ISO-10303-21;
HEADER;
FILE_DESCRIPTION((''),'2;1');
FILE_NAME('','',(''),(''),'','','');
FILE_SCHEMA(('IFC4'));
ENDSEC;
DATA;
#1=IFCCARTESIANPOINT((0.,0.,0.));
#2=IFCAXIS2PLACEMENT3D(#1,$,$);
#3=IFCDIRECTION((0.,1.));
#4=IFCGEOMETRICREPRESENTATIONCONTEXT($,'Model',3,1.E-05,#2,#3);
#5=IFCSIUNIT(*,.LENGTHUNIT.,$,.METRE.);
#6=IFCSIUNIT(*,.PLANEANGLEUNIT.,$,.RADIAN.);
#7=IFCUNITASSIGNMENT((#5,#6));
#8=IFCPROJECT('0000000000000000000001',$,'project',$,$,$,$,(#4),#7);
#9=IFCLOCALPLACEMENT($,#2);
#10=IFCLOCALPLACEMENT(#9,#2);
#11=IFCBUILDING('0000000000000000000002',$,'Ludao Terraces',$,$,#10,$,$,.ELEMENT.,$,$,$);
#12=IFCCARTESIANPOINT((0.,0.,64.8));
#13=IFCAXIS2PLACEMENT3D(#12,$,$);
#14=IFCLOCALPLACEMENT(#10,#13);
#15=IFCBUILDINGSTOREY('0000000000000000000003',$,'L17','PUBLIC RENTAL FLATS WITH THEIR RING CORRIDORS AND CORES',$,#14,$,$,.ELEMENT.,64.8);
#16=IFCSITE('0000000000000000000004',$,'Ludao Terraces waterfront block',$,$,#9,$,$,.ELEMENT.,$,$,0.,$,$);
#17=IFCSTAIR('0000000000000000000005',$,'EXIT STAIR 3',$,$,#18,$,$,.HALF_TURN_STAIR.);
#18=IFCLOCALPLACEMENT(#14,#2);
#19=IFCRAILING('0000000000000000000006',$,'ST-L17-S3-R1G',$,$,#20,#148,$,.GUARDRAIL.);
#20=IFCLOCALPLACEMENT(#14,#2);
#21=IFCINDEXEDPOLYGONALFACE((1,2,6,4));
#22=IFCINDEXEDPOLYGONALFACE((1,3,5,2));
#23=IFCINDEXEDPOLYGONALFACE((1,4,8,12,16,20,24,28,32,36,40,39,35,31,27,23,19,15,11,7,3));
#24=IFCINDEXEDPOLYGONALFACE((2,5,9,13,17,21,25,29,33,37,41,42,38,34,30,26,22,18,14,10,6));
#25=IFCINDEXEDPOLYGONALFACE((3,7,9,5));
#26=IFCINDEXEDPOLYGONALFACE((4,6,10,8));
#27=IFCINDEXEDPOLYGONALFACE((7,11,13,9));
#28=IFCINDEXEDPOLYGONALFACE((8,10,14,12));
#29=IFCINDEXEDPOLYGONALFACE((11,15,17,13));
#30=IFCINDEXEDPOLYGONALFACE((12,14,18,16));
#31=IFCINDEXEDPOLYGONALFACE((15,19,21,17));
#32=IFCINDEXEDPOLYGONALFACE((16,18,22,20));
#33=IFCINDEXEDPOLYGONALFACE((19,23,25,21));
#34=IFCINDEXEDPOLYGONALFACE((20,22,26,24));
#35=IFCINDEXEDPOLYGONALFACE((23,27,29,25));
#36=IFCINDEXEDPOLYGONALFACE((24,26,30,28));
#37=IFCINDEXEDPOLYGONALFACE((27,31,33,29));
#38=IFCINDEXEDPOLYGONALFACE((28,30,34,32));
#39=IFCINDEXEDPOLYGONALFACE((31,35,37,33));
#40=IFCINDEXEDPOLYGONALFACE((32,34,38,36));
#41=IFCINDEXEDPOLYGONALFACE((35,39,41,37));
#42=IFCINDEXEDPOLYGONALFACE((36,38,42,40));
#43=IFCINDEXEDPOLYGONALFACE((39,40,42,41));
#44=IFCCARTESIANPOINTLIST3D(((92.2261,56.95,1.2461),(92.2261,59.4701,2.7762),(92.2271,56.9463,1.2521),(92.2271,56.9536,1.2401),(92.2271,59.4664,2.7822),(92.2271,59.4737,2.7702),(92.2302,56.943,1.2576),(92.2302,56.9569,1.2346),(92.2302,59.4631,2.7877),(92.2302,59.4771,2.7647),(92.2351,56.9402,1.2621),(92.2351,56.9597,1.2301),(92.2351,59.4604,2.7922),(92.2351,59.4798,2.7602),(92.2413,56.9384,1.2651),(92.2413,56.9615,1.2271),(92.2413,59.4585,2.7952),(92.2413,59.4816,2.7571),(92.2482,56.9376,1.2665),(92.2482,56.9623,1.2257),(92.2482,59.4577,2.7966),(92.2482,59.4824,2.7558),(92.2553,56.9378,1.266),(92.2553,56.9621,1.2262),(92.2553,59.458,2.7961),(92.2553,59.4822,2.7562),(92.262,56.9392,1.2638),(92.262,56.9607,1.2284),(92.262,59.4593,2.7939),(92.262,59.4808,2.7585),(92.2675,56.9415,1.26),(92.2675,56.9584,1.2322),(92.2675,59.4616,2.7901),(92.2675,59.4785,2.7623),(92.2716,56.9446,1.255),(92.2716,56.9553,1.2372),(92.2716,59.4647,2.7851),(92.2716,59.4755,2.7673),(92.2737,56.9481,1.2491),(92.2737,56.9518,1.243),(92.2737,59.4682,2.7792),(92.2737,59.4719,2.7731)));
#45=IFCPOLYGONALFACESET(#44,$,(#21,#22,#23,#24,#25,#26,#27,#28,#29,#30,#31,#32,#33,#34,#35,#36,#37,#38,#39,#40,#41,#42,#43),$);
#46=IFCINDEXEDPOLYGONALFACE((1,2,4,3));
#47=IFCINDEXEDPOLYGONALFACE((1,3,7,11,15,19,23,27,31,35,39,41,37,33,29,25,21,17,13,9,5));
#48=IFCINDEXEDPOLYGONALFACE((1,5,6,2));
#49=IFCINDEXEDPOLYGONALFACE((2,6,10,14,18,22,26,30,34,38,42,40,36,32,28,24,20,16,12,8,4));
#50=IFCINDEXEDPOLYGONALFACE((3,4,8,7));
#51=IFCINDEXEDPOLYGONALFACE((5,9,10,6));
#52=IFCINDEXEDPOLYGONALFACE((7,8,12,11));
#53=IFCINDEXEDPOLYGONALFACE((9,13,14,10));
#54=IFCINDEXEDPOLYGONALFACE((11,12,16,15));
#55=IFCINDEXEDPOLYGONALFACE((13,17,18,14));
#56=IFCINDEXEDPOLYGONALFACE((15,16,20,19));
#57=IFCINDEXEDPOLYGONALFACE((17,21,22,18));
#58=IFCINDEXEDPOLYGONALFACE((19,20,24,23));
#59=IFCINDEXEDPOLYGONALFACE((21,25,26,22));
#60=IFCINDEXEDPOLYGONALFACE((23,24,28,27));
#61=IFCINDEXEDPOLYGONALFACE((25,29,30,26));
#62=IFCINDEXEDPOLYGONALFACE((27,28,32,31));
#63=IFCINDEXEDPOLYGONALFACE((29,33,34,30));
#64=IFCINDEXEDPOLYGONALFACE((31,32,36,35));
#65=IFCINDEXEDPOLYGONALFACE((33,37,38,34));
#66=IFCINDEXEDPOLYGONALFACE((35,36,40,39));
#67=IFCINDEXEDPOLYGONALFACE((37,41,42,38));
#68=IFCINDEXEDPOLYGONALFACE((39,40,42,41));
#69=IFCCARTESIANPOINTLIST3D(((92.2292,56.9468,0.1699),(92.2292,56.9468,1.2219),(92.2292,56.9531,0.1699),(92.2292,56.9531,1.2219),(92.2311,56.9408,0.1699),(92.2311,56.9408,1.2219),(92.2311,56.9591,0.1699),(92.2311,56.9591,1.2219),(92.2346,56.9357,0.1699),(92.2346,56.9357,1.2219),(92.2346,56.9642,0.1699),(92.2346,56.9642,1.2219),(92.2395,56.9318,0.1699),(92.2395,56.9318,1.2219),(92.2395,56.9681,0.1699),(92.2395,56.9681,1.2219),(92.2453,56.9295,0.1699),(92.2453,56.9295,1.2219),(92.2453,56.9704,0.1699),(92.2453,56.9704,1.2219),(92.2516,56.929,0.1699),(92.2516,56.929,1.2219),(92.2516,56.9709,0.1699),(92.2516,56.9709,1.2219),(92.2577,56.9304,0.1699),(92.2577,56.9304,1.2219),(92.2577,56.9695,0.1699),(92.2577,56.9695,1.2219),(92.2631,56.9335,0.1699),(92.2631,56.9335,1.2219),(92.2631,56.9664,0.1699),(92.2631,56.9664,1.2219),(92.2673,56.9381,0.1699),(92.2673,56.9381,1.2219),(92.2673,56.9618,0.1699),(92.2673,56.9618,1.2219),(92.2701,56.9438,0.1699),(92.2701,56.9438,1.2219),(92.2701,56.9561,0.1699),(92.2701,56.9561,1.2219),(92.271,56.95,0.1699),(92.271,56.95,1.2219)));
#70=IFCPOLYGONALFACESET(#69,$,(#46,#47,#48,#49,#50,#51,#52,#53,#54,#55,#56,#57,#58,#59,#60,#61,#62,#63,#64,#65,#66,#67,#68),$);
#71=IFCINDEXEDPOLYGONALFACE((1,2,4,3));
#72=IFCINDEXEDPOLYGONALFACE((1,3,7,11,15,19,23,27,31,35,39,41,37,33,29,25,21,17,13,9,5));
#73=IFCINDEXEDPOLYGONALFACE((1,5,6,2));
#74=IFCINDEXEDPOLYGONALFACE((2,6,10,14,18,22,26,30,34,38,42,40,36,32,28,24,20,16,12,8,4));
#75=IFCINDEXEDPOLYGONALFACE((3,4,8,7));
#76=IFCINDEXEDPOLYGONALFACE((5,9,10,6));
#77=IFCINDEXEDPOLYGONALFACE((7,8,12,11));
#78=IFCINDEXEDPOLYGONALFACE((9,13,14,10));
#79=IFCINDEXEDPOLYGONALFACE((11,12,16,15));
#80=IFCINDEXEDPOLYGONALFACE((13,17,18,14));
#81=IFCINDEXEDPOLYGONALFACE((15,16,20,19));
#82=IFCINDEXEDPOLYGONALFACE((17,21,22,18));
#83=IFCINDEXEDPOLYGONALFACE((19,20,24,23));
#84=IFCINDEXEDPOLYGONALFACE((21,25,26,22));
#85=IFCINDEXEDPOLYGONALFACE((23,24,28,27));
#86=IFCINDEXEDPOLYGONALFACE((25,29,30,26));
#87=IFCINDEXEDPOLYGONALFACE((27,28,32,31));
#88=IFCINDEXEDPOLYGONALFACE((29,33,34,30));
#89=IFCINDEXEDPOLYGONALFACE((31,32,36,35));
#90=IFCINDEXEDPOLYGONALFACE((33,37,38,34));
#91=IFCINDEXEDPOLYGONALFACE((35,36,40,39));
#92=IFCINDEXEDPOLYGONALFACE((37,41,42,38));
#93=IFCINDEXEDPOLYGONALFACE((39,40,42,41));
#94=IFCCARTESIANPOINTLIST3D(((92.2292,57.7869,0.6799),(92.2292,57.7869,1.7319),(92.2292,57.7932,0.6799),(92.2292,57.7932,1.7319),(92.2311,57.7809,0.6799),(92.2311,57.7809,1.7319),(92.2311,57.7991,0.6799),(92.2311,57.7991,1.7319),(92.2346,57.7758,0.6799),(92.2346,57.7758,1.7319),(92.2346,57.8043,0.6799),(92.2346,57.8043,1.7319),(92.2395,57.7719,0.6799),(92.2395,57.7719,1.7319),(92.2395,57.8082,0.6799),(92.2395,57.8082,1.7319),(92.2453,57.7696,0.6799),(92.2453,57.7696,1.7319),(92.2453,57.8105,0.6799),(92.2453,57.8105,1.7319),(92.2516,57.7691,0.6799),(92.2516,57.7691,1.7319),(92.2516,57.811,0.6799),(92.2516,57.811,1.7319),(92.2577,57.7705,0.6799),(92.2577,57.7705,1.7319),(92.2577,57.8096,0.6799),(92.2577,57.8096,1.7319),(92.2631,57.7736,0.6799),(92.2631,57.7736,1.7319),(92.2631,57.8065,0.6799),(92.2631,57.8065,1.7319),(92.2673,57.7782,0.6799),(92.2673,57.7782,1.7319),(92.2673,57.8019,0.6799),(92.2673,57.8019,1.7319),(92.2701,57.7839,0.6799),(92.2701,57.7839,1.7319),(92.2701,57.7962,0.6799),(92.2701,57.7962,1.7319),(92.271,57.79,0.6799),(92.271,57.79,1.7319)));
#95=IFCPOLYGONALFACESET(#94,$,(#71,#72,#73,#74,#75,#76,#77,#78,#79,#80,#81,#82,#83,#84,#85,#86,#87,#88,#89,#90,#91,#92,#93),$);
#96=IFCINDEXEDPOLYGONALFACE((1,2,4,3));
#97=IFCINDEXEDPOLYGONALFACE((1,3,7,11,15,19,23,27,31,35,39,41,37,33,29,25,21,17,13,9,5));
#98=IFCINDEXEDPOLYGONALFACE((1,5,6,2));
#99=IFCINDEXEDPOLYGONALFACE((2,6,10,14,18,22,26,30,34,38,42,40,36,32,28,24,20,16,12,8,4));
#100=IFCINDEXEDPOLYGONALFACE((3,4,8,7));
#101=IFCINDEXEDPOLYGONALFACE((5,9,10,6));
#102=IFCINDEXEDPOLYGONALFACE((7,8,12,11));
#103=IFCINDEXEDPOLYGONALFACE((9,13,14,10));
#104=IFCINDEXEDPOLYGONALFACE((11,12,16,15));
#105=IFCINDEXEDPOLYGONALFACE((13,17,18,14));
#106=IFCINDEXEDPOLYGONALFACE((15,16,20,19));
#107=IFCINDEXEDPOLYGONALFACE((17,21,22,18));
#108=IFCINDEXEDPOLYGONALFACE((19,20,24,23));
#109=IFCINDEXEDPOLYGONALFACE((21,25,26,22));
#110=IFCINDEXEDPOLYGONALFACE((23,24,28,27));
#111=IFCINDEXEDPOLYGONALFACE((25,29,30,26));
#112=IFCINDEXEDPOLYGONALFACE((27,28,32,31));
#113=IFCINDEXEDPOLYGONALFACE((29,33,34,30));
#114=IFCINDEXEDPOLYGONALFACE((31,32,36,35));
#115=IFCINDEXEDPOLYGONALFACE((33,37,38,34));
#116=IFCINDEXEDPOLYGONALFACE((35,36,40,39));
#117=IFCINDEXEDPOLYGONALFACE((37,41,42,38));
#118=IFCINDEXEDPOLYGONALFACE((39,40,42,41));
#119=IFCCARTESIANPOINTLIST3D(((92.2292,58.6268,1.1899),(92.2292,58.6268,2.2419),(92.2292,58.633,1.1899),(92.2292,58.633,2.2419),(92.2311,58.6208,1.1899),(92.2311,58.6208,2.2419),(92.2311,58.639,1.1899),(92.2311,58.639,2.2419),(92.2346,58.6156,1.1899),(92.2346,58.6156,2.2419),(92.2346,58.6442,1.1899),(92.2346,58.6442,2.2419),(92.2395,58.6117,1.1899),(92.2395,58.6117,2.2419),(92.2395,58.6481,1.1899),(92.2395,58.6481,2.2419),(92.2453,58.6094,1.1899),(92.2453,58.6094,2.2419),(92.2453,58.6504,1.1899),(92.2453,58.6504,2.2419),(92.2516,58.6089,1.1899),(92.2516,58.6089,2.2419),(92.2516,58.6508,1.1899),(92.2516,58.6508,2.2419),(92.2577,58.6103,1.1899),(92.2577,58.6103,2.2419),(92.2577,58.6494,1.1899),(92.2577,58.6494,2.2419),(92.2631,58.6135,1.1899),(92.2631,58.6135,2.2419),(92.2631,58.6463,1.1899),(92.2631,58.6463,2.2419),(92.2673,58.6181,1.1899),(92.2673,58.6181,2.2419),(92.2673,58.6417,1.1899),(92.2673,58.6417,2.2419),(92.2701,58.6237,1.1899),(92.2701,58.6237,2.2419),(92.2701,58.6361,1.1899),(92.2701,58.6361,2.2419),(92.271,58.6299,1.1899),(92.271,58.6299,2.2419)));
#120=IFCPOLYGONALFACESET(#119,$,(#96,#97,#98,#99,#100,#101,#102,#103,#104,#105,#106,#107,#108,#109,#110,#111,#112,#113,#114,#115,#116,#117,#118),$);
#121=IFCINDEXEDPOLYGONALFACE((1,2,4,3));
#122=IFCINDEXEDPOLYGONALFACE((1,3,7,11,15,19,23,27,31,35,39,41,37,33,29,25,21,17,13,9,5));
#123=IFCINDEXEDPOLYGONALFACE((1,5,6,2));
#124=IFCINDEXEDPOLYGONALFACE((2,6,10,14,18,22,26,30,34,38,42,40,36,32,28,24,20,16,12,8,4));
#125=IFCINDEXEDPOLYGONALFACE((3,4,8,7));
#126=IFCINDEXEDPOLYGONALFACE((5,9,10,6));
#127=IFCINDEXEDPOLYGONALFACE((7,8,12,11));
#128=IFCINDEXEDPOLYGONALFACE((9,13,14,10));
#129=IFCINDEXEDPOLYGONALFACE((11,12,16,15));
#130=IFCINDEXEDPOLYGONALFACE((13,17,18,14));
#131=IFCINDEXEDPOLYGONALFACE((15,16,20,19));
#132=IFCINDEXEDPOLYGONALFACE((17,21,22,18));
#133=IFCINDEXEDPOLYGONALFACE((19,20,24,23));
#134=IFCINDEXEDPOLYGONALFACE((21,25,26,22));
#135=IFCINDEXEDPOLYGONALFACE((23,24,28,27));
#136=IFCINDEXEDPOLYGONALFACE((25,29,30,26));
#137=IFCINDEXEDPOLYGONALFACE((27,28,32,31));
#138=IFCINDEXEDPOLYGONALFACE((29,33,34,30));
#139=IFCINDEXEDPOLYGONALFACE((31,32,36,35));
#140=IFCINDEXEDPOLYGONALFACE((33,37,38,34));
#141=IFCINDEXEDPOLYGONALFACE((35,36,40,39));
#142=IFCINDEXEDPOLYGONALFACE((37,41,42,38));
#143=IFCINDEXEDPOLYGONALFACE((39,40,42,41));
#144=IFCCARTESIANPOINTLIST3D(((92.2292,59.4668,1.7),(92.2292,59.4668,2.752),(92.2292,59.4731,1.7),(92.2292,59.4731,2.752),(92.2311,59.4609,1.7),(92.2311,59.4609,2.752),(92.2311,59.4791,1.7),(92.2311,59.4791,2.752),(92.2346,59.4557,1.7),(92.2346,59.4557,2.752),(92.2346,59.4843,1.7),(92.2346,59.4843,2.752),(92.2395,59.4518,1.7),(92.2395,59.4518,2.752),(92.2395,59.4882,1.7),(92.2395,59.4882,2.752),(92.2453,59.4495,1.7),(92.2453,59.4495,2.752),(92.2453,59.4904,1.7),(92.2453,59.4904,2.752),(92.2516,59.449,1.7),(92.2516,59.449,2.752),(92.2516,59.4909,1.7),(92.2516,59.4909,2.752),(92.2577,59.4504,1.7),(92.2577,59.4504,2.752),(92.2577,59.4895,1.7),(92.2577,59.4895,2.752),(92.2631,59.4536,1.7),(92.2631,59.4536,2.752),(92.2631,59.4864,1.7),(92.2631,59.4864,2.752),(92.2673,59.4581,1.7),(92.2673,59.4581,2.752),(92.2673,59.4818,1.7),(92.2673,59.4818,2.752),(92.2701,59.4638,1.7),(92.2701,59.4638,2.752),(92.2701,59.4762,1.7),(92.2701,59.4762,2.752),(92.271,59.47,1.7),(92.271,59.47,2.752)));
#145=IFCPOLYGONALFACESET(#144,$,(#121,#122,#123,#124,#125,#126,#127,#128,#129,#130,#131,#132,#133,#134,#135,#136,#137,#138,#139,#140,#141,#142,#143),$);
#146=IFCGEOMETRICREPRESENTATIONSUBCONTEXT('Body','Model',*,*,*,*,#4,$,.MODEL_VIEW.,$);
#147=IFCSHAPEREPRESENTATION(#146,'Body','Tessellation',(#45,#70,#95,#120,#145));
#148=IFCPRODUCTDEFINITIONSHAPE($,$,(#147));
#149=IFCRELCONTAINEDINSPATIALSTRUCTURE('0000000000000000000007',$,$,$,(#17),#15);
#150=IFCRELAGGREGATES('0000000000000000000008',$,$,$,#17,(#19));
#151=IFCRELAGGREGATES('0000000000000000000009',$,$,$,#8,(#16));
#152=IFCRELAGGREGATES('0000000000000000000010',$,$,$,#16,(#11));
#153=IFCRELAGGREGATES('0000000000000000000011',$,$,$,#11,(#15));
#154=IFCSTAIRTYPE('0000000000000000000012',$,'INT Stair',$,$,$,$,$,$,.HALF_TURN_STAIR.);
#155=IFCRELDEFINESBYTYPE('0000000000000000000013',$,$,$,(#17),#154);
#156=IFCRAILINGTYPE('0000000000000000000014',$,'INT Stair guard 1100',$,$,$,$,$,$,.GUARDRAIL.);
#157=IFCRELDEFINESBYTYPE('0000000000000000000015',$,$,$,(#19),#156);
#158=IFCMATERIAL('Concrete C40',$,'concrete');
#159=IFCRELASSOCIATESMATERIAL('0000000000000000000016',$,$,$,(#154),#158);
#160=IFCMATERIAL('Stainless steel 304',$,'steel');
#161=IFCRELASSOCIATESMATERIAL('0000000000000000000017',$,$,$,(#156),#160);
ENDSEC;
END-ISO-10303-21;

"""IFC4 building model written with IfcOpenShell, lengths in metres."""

from ifc_helpers import new_model, si_unit, direction, frame, origin, origin_2d, place, context, subcontext, project, spatial, circle, extrude, material, type_object, element, aggregate, save


model = new_model("IFC4")

# Units and contexts
model_context = context("Model", 3, precision=1e-05, world=origin(), true_north=direction((0.0, 1.0)))
body_context = subcontext(model_context, "Body", "Model", "MODEL_VIEW")
ifc_project = project(units=[si_unit("LENGTHUNIT", "METRE"), si_unit("PLANEANGLEUNIT", "RADIAN")], contexts=[model_context])

# Site, building, storey
site_placement = place(None, origin())
site = spatial("IfcSite", under=ifc_project, at=site_placement, Name="Ludao Terraces waterfront block", CompositionType="ELEMENT", RefElevation=0.0)
building_placement = place(site_placement, origin())
building = spatial("IfcBuilding", under=site, at=building_placement, Name="Ludao Terraces", CompositionType="ELEMENT")
storey_placement = place(building_placement, frame((0.0, 0.0, 64.8)))
storey = spatial("IfcBuildingStorey", under=building, at=storey_placement, Name="L17", Description="PUBLIC RENTAL FLATS WITH THEIR RING CORRIDORS AND CORES", CompositionType="ELEMENT", Elevation=64.8)

# Stair, railing
ifc_material_1 = material(Name="Concrete C40", Category="concrete")
stair_type = type_object("IfcStairType", Name="INT Stair", PredefinedType="HALF_TURN_STAIR", material=ifc_material_1)
stair_placement = place(storey_placement, origin())
stair = element("IfcStair", 1, at=stair_placement, inside=storey, type_object=stair_type, Name="EXIT STAIR 3", PredefinedType="HALF_TURN_STAIR")
ifc_material_2 = material(Name="Stainless steel 304", Category="steel")
railing_type_1 = type_object("IfcRailingType", Name="INT Stair guard 1100", PredefinedType="GUARDRAIL", material=ifc_material_2)
railing_1_placement = place(storey_placement, frame((92.25, 56.95, 0.1699)))
railing_1 = element("IfcRailing", 2, at=railing_1_placement, type_object=railing_type_1, Name="ST-L17-S3-R1G", PredefinedType="GUARDRAIL", context=body_context, shape_type="SweptSolid", body=[
    extrude(circle(Radius=0.0239, at=origin_2d()), frame((0.0, 0.0, 1.0762), z_axis=(0.0, 0.854785, 0.518982), x_axis=(-1.0, 0.0, 0.0)), (0.0, 0.0, 1.0), 2.9482),
    extrude(circle(Radius=0.021, at=origin_2d()), origin(), (0.0, 0.0, 1.0), 1.052),
    extrude(circle(Radius=0.021, at=origin_2d()), frame((0.0, 0.8401, 0.51)), (0.0, 0.0, 1.0), 1.052),
    extrude(circle(Radius=0.021, at=origin_2d()), frame((0.0, 1.6799, 1.02)), (0.0, 0.0, 1.0), 1.052),
    extrude(circle(Radius=0.021, at=origin_2d()), frame((0.0, 2.52, 1.53)), (0.0, 0.0, 1.0), 1.052),
])
aggregate(stair, [railing_1])

save(model, "model.ifc")
